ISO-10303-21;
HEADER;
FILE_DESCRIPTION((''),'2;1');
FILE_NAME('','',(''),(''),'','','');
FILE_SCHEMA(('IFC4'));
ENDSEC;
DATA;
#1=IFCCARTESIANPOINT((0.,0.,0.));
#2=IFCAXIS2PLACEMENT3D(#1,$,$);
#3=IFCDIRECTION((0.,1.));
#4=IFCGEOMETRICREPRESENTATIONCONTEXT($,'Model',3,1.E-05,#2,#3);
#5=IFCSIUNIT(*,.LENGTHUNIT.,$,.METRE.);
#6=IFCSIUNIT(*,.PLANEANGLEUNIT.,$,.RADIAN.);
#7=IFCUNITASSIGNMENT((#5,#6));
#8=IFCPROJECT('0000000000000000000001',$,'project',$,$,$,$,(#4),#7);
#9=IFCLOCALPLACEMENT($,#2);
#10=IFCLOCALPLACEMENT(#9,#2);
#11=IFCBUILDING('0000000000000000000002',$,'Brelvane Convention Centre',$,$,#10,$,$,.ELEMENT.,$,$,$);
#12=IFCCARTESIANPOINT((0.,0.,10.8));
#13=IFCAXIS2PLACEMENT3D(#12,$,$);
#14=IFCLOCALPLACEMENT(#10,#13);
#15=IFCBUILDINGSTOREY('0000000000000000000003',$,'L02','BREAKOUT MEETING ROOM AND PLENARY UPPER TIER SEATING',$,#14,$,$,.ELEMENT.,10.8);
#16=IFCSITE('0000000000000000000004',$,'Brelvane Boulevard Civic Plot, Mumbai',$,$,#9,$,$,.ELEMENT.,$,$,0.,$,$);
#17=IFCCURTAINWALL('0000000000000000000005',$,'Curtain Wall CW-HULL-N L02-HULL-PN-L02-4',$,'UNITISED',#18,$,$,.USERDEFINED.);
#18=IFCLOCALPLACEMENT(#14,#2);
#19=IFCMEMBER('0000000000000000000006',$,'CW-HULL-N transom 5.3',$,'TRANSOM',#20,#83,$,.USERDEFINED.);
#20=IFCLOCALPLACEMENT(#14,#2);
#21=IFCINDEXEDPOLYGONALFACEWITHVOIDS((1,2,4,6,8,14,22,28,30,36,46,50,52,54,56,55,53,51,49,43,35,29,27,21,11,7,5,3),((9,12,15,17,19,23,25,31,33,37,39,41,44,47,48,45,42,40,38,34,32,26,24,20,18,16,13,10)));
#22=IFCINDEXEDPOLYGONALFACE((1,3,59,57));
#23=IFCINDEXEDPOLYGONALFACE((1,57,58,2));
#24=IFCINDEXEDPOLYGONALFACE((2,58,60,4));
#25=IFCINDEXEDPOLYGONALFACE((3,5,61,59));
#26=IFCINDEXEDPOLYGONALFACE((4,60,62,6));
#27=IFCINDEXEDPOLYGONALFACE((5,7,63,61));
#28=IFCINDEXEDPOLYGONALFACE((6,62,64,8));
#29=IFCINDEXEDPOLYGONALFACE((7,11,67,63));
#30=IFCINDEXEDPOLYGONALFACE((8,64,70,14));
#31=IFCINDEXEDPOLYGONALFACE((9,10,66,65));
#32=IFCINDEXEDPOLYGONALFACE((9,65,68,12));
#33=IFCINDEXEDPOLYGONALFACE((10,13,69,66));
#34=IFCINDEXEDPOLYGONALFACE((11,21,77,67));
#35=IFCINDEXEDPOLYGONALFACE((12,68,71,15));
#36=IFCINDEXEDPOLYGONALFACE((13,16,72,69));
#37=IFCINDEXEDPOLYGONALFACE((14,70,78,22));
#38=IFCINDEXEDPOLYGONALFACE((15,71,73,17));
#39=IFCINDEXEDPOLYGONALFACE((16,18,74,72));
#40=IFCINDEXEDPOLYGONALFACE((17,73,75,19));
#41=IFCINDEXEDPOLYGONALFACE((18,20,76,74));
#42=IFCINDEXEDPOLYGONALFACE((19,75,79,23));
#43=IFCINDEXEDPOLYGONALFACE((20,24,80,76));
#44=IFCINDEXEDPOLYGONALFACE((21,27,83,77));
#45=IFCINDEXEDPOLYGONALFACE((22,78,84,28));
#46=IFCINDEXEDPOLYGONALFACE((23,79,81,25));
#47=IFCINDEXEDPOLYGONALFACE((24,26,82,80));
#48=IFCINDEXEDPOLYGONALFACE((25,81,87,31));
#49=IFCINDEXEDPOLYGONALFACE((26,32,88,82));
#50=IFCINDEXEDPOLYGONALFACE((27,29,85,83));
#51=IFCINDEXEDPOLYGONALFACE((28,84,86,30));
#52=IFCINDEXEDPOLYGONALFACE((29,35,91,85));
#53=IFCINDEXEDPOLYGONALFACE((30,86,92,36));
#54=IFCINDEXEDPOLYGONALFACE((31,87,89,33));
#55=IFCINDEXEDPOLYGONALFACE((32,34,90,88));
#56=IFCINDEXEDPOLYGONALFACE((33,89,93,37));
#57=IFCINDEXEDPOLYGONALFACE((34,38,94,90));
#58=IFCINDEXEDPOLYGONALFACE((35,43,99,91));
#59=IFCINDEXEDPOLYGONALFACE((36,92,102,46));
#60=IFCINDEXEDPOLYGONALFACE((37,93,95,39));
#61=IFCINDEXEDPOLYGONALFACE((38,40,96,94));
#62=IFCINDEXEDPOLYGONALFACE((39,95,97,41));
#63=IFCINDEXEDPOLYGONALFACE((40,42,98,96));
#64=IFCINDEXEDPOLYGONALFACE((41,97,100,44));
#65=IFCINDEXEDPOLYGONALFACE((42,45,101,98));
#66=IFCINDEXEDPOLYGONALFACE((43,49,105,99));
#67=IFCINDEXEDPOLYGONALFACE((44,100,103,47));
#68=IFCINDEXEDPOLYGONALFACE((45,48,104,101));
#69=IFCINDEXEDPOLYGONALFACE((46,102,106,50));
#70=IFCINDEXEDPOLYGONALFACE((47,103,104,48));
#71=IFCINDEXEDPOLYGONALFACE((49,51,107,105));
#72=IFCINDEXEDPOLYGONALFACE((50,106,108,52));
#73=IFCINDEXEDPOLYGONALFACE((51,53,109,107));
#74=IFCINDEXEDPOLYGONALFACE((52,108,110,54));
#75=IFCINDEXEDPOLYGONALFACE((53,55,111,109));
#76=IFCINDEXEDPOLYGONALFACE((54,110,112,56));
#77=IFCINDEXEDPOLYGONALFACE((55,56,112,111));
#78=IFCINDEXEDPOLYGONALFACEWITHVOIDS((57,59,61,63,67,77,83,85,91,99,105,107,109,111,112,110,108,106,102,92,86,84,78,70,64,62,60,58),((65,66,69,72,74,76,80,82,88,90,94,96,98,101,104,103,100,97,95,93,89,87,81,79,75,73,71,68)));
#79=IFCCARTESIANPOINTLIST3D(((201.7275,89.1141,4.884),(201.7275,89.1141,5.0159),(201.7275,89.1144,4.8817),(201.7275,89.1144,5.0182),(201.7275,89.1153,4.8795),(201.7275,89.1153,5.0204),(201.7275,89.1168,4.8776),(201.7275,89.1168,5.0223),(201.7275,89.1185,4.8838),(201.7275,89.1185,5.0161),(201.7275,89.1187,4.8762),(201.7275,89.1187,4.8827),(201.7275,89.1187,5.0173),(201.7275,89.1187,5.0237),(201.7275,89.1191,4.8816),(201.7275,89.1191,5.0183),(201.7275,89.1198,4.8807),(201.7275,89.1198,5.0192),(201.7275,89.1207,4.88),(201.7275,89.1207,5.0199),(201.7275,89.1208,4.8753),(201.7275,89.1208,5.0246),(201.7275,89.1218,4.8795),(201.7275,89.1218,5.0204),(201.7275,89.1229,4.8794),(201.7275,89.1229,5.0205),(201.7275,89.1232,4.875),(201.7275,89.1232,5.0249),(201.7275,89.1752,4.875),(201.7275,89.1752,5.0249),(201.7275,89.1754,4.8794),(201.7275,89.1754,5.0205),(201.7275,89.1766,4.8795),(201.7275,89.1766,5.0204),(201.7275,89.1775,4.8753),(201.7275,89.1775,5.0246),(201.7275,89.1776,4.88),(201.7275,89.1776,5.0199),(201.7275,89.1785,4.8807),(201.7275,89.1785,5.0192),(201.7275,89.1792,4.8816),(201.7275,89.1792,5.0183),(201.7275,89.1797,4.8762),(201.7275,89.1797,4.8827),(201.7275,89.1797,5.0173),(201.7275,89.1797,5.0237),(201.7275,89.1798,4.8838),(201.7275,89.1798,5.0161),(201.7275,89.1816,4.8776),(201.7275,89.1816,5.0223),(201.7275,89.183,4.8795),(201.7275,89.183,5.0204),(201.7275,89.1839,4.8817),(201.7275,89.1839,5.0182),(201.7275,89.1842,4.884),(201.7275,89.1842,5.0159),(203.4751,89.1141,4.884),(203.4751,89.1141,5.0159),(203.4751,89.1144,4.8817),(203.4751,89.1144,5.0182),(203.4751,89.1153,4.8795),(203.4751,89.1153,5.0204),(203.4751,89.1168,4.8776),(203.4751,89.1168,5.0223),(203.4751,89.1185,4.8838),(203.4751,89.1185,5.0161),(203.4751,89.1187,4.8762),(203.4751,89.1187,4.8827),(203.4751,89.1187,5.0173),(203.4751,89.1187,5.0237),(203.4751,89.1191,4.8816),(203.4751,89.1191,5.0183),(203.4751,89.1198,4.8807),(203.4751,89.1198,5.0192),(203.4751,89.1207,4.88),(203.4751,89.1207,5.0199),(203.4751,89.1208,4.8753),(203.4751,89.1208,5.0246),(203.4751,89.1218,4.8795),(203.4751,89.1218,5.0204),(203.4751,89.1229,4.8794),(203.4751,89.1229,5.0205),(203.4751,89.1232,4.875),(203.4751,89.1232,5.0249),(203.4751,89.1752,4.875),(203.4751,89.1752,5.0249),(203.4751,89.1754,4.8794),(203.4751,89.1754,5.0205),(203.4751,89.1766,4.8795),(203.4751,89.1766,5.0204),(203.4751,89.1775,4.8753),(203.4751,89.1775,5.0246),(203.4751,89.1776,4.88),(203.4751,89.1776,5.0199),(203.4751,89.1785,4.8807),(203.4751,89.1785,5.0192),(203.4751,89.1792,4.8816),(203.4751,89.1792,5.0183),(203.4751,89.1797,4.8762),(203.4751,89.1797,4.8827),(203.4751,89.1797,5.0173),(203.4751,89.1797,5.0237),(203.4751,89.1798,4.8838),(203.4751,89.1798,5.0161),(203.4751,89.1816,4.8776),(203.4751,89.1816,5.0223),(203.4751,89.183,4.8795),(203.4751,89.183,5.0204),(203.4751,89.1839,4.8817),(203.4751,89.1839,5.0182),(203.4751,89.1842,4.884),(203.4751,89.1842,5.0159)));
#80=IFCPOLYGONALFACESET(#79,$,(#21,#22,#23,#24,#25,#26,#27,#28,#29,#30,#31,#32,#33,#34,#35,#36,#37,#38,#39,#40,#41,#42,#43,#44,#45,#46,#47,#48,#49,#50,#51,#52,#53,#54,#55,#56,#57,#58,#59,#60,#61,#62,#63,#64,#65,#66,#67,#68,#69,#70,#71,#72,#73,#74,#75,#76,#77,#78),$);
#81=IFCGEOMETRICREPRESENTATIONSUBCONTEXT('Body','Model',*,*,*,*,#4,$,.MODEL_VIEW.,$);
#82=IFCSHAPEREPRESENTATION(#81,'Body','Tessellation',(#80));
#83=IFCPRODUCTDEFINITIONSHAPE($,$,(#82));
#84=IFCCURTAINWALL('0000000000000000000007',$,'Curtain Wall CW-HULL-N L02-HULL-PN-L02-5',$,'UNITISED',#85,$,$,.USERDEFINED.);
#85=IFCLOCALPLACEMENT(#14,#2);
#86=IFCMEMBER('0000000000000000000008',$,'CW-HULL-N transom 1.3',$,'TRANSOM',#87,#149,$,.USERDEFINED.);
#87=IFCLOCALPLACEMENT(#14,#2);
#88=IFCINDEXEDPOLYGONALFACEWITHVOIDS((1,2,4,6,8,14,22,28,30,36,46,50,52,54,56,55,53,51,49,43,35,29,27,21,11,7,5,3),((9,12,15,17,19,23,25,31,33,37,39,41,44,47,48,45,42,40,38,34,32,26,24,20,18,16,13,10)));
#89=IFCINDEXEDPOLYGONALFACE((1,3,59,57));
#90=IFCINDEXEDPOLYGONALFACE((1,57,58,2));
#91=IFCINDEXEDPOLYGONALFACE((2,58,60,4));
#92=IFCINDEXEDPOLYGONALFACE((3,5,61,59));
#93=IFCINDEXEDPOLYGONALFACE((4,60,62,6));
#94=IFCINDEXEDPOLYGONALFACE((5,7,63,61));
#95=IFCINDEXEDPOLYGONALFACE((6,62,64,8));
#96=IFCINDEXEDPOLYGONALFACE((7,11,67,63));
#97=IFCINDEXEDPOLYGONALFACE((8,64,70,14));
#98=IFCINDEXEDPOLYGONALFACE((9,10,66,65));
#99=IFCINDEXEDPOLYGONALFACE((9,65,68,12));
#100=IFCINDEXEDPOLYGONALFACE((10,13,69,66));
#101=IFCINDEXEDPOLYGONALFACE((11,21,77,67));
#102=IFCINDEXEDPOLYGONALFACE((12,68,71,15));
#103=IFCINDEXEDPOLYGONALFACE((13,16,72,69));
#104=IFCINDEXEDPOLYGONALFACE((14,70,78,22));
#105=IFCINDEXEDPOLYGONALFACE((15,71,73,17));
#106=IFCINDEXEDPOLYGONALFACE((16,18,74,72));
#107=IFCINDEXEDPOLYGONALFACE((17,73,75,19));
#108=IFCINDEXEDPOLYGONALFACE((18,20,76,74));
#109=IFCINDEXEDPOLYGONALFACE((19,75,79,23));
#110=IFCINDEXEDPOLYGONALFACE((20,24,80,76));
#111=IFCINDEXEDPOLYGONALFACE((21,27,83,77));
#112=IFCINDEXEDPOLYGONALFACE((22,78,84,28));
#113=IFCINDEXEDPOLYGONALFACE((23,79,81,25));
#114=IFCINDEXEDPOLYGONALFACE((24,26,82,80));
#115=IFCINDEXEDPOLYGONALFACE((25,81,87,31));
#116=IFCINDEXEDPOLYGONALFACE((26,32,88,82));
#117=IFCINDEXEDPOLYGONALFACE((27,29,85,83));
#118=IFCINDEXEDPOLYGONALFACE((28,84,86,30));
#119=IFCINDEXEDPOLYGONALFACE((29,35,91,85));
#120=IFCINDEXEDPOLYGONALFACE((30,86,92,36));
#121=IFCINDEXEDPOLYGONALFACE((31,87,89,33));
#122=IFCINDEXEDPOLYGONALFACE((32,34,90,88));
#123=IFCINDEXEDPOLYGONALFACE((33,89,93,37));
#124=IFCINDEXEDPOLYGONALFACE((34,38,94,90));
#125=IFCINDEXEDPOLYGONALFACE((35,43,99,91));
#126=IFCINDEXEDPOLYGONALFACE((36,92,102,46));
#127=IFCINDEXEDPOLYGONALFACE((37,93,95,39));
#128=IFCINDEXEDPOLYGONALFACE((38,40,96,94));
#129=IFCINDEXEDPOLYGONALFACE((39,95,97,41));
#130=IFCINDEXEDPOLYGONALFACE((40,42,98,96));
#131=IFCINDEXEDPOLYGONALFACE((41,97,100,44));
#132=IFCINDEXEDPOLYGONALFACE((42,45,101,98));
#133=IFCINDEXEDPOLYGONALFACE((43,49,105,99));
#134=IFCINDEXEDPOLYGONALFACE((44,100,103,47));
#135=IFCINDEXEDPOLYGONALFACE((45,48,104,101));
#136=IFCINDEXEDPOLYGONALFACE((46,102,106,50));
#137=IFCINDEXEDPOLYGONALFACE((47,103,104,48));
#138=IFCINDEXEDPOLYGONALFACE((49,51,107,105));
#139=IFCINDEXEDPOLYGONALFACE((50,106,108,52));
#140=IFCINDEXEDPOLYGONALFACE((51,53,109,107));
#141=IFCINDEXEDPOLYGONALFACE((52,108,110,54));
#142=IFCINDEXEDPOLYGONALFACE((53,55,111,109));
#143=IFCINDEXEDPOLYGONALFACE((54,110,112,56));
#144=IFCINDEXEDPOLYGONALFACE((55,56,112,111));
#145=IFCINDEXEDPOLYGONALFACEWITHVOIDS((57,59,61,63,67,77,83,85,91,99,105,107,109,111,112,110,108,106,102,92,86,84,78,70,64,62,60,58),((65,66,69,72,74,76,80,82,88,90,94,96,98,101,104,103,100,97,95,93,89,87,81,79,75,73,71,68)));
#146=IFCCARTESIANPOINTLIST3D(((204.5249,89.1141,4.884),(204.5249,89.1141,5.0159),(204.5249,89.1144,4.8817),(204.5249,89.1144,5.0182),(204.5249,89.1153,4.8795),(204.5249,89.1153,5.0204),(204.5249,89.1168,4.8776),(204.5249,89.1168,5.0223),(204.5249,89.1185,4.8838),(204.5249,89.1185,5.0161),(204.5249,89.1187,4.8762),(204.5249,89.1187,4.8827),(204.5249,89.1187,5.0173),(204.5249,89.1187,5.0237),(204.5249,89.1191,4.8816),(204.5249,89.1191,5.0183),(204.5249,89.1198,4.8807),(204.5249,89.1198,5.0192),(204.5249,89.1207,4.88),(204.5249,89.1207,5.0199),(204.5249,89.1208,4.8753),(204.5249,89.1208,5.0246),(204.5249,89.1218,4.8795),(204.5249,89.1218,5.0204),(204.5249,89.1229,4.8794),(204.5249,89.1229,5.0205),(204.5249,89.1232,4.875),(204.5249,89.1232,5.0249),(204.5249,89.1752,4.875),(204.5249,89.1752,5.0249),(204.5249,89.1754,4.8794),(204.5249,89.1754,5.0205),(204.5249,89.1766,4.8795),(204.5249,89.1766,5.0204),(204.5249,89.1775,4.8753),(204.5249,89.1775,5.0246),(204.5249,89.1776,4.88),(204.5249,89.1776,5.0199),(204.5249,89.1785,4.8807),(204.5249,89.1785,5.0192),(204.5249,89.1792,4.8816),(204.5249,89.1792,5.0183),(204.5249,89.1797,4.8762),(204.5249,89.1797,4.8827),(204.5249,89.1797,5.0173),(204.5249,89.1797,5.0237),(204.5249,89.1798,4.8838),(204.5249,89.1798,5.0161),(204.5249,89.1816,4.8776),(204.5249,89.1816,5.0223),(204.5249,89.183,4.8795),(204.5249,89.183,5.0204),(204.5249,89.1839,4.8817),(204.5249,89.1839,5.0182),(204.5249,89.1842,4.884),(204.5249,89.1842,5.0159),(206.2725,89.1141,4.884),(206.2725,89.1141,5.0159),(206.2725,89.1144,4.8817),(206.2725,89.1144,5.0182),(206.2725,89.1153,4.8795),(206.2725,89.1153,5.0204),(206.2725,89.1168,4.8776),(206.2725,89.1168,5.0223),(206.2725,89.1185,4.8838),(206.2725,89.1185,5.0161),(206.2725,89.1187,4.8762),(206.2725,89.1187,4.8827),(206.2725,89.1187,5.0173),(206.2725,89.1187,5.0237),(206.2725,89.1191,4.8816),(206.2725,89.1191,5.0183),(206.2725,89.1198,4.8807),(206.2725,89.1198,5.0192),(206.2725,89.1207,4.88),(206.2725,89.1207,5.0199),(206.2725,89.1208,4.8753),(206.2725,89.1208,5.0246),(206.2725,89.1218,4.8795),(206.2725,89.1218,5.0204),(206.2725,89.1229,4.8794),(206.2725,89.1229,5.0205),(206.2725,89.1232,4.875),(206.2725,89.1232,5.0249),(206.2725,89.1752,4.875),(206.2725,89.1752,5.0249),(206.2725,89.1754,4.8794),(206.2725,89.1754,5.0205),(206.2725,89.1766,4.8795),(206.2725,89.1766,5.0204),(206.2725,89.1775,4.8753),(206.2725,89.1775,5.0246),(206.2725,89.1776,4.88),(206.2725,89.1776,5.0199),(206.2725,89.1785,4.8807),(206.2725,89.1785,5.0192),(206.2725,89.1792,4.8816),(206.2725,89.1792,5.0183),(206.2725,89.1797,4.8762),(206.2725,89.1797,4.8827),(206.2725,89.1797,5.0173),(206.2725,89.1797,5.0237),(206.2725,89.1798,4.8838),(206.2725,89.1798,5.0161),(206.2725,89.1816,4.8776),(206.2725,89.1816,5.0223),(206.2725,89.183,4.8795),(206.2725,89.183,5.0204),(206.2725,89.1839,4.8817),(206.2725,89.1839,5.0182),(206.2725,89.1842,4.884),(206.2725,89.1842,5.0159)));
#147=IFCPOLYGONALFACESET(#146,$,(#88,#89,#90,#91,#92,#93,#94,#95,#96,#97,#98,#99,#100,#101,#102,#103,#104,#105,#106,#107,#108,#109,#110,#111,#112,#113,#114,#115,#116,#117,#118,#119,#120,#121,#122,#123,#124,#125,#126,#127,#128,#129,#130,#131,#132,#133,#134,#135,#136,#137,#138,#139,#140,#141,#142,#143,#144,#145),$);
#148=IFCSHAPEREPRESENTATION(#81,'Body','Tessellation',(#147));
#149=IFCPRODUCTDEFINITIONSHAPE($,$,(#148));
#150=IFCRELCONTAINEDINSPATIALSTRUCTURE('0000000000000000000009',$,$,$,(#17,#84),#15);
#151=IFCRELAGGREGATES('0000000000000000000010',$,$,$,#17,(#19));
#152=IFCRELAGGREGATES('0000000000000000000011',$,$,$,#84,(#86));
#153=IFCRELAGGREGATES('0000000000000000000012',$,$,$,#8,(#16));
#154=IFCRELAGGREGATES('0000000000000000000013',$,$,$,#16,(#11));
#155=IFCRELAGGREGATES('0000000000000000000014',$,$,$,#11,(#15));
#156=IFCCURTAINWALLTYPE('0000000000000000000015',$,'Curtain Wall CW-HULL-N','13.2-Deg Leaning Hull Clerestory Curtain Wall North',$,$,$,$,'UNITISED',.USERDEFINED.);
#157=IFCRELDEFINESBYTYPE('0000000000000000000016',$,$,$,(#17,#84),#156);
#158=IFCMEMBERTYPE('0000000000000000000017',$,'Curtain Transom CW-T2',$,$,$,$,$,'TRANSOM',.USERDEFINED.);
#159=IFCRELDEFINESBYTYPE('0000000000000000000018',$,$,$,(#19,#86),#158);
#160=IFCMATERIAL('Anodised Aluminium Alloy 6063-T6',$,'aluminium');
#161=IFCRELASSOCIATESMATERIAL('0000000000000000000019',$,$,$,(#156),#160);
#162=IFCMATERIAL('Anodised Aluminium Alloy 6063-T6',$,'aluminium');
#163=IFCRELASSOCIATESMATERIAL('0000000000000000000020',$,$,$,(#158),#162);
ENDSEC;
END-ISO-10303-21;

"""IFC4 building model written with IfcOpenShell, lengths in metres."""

from ifc_helpers import new_model, si_unit, direction, frame, origin, origin_2d, place, context, subcontext, project, spatial, hollow_rectangle, extrude, material, material_profile, profile_set, type_object, element, aggregate, save


model = new_model("IFC4")

# Units and contexts
model_context = context("Model", 3, precision=1e-05, world=origin(), true_north=direction((0.0, 1.0)))
body_context = subcontext(model_context, "Body", "Model", "MODEL_VIEW")
ifc_project = project(units=[si_unit("LENGTHUNIT", "METRE"), si_unit("PLANEANGLEUNIT", "RADIAN")], contexts=[model_context])

# Site, building, storey
site_placement = place(None, origin())
site = spatial("IfcSite", under=ifc_project, at=site_placement, Name="Brelvane Boulevard Civic Plot, Mumbai", CompositionType="ELEMENT", RefElevation=0.0)
building_placement = place(site_placement, origin())
building = spatial("IfcBuilding", under=site, at=building_placement, Name="Brelvane Convention Centre", CompositionType="ELEMENT")
storey_placement = place(building_placement, frame((0.0, 0.0, 10.8)))
storey = spatial("IfcBuildingStorey", under=building, at=storey_placement, Name="L02", Description="BREAKOUT MEETING ROOM AND PLENARY UPPER TIER SEATING", CompositionType="ELEMENT", Elevation=10.8)

# Curtain walls, members
ifc_material_1 = material(Name="Anodised Aluminium Alloy 6063-T6", Category="aluminium")
curtain_wall_type = type_object("IfcCurtainWallType", Name="Curtain Wall CW-HULL-N", Description="13.2-Deg Leaning Hull Clerestory Curtain Wall North", ElementType="UNITISED", PredefinedType="USERDEFINED", material=ifc_material_1)
ifc_material_2 = material(Name="Anodised Aluminium Alloy 6063-T6", Category="aluminium")
ifc_material_profile = material_profile(ifc_material_2, hollow_rectangle(XDim=0.0701, YDim=0.1499, WallThickness=0.0044, InnerFilletRadius=0.0044, OuterFilletRadius=0.009, at=origin_2d()), Name="ALU-T 150x70x4.5")
ifc_profile_set = profile_set([ifc_material_profile], Name="Anodised Aluminium Alloy 6063-T6")
member_type = type_object("IfcMemberType", Name="Curtain Transom CW-T2", ElementType="TRANSOM", PredefinedType="USERDEFINED", material=ifc_profile_set)
curtain_wall_1_placement = place(storey_placement, origin())
curtain_wall_1 = element("IfcCurtainWall", 1, at=curtain_wall_1_placement, inside=storey, type_object=curtain_wall_type, Name="Curtain Wall CW-HULL-N L02-HULL-PN-L02-4", ObjectType="UNITISED", PredefinedType="USERDEFINED")
member_1_placement = place(storey_placement, frame((201.7275, 89.1492, 4.95), z_axis=(1.0, 0.0, 0.0), x_axis=(0.0, 1.0, 0.0)))
member_1 = element("IfcMember", 2, at=member_1_placement, type_object=member_type, Name="CW-HULL-N transom 5.3", ObjectType="TRANSOM", PredefinedType="USERDEFINED", context=body_context, shape_type="SweptSolid", body=[
    extrude(hollow_rectangle(XDim=0.0701, YDim=0.1499, WallThickness=0.0044, InnerFilletRadius=0.0044, OuterFilletRadius=0.009, at=origin_2d()), origin(), (0.0, 0.0, 1.0), 1.7476),
])
curtain_wall_2_placement = place(storey_placement, origin())
curtain_wall_2 = element("IfcCurtainWall", 3, at=curtain_wall_2_placement, inside=storey, type_object=curtain_wall_type, Name="Curtain Wall CW-HULL-N L02-HULL-PN-L02-5", ObjectType="UNITISED", PredefinedType="USERDEFINED")
member_2_placement = place(storey_placement, frame((204.5249, 89.1492, 4.95), z_axis=(1.0, 0.0, 0.0), x_axis=(0.0, 1.0, 0.0)))
member_2 = element("IfcMember", 4, at=member_2_placement, type_object=member_type, Name="CW-HULL-N transom 1.3", ObjectType="TRANSOM", PredefinedType="USERDEFINED", context=body_context, shape_type="SweptSolid", body=[
    extrude(hollow_rectangle(XDim=0.0701, YDim=0.1499, WallThickness=0.0044, InnerFilletRadius=0.0044, OuterFilletRadius=0.009, at=origin_2d()), origin(), (0.0, 0.0, 1.0), 1.7476),
])

aggregate(curtain_wall_1, [member_1])
aggregate(curtain_wall_2, [member_2])

save(model, "model.ifc")
